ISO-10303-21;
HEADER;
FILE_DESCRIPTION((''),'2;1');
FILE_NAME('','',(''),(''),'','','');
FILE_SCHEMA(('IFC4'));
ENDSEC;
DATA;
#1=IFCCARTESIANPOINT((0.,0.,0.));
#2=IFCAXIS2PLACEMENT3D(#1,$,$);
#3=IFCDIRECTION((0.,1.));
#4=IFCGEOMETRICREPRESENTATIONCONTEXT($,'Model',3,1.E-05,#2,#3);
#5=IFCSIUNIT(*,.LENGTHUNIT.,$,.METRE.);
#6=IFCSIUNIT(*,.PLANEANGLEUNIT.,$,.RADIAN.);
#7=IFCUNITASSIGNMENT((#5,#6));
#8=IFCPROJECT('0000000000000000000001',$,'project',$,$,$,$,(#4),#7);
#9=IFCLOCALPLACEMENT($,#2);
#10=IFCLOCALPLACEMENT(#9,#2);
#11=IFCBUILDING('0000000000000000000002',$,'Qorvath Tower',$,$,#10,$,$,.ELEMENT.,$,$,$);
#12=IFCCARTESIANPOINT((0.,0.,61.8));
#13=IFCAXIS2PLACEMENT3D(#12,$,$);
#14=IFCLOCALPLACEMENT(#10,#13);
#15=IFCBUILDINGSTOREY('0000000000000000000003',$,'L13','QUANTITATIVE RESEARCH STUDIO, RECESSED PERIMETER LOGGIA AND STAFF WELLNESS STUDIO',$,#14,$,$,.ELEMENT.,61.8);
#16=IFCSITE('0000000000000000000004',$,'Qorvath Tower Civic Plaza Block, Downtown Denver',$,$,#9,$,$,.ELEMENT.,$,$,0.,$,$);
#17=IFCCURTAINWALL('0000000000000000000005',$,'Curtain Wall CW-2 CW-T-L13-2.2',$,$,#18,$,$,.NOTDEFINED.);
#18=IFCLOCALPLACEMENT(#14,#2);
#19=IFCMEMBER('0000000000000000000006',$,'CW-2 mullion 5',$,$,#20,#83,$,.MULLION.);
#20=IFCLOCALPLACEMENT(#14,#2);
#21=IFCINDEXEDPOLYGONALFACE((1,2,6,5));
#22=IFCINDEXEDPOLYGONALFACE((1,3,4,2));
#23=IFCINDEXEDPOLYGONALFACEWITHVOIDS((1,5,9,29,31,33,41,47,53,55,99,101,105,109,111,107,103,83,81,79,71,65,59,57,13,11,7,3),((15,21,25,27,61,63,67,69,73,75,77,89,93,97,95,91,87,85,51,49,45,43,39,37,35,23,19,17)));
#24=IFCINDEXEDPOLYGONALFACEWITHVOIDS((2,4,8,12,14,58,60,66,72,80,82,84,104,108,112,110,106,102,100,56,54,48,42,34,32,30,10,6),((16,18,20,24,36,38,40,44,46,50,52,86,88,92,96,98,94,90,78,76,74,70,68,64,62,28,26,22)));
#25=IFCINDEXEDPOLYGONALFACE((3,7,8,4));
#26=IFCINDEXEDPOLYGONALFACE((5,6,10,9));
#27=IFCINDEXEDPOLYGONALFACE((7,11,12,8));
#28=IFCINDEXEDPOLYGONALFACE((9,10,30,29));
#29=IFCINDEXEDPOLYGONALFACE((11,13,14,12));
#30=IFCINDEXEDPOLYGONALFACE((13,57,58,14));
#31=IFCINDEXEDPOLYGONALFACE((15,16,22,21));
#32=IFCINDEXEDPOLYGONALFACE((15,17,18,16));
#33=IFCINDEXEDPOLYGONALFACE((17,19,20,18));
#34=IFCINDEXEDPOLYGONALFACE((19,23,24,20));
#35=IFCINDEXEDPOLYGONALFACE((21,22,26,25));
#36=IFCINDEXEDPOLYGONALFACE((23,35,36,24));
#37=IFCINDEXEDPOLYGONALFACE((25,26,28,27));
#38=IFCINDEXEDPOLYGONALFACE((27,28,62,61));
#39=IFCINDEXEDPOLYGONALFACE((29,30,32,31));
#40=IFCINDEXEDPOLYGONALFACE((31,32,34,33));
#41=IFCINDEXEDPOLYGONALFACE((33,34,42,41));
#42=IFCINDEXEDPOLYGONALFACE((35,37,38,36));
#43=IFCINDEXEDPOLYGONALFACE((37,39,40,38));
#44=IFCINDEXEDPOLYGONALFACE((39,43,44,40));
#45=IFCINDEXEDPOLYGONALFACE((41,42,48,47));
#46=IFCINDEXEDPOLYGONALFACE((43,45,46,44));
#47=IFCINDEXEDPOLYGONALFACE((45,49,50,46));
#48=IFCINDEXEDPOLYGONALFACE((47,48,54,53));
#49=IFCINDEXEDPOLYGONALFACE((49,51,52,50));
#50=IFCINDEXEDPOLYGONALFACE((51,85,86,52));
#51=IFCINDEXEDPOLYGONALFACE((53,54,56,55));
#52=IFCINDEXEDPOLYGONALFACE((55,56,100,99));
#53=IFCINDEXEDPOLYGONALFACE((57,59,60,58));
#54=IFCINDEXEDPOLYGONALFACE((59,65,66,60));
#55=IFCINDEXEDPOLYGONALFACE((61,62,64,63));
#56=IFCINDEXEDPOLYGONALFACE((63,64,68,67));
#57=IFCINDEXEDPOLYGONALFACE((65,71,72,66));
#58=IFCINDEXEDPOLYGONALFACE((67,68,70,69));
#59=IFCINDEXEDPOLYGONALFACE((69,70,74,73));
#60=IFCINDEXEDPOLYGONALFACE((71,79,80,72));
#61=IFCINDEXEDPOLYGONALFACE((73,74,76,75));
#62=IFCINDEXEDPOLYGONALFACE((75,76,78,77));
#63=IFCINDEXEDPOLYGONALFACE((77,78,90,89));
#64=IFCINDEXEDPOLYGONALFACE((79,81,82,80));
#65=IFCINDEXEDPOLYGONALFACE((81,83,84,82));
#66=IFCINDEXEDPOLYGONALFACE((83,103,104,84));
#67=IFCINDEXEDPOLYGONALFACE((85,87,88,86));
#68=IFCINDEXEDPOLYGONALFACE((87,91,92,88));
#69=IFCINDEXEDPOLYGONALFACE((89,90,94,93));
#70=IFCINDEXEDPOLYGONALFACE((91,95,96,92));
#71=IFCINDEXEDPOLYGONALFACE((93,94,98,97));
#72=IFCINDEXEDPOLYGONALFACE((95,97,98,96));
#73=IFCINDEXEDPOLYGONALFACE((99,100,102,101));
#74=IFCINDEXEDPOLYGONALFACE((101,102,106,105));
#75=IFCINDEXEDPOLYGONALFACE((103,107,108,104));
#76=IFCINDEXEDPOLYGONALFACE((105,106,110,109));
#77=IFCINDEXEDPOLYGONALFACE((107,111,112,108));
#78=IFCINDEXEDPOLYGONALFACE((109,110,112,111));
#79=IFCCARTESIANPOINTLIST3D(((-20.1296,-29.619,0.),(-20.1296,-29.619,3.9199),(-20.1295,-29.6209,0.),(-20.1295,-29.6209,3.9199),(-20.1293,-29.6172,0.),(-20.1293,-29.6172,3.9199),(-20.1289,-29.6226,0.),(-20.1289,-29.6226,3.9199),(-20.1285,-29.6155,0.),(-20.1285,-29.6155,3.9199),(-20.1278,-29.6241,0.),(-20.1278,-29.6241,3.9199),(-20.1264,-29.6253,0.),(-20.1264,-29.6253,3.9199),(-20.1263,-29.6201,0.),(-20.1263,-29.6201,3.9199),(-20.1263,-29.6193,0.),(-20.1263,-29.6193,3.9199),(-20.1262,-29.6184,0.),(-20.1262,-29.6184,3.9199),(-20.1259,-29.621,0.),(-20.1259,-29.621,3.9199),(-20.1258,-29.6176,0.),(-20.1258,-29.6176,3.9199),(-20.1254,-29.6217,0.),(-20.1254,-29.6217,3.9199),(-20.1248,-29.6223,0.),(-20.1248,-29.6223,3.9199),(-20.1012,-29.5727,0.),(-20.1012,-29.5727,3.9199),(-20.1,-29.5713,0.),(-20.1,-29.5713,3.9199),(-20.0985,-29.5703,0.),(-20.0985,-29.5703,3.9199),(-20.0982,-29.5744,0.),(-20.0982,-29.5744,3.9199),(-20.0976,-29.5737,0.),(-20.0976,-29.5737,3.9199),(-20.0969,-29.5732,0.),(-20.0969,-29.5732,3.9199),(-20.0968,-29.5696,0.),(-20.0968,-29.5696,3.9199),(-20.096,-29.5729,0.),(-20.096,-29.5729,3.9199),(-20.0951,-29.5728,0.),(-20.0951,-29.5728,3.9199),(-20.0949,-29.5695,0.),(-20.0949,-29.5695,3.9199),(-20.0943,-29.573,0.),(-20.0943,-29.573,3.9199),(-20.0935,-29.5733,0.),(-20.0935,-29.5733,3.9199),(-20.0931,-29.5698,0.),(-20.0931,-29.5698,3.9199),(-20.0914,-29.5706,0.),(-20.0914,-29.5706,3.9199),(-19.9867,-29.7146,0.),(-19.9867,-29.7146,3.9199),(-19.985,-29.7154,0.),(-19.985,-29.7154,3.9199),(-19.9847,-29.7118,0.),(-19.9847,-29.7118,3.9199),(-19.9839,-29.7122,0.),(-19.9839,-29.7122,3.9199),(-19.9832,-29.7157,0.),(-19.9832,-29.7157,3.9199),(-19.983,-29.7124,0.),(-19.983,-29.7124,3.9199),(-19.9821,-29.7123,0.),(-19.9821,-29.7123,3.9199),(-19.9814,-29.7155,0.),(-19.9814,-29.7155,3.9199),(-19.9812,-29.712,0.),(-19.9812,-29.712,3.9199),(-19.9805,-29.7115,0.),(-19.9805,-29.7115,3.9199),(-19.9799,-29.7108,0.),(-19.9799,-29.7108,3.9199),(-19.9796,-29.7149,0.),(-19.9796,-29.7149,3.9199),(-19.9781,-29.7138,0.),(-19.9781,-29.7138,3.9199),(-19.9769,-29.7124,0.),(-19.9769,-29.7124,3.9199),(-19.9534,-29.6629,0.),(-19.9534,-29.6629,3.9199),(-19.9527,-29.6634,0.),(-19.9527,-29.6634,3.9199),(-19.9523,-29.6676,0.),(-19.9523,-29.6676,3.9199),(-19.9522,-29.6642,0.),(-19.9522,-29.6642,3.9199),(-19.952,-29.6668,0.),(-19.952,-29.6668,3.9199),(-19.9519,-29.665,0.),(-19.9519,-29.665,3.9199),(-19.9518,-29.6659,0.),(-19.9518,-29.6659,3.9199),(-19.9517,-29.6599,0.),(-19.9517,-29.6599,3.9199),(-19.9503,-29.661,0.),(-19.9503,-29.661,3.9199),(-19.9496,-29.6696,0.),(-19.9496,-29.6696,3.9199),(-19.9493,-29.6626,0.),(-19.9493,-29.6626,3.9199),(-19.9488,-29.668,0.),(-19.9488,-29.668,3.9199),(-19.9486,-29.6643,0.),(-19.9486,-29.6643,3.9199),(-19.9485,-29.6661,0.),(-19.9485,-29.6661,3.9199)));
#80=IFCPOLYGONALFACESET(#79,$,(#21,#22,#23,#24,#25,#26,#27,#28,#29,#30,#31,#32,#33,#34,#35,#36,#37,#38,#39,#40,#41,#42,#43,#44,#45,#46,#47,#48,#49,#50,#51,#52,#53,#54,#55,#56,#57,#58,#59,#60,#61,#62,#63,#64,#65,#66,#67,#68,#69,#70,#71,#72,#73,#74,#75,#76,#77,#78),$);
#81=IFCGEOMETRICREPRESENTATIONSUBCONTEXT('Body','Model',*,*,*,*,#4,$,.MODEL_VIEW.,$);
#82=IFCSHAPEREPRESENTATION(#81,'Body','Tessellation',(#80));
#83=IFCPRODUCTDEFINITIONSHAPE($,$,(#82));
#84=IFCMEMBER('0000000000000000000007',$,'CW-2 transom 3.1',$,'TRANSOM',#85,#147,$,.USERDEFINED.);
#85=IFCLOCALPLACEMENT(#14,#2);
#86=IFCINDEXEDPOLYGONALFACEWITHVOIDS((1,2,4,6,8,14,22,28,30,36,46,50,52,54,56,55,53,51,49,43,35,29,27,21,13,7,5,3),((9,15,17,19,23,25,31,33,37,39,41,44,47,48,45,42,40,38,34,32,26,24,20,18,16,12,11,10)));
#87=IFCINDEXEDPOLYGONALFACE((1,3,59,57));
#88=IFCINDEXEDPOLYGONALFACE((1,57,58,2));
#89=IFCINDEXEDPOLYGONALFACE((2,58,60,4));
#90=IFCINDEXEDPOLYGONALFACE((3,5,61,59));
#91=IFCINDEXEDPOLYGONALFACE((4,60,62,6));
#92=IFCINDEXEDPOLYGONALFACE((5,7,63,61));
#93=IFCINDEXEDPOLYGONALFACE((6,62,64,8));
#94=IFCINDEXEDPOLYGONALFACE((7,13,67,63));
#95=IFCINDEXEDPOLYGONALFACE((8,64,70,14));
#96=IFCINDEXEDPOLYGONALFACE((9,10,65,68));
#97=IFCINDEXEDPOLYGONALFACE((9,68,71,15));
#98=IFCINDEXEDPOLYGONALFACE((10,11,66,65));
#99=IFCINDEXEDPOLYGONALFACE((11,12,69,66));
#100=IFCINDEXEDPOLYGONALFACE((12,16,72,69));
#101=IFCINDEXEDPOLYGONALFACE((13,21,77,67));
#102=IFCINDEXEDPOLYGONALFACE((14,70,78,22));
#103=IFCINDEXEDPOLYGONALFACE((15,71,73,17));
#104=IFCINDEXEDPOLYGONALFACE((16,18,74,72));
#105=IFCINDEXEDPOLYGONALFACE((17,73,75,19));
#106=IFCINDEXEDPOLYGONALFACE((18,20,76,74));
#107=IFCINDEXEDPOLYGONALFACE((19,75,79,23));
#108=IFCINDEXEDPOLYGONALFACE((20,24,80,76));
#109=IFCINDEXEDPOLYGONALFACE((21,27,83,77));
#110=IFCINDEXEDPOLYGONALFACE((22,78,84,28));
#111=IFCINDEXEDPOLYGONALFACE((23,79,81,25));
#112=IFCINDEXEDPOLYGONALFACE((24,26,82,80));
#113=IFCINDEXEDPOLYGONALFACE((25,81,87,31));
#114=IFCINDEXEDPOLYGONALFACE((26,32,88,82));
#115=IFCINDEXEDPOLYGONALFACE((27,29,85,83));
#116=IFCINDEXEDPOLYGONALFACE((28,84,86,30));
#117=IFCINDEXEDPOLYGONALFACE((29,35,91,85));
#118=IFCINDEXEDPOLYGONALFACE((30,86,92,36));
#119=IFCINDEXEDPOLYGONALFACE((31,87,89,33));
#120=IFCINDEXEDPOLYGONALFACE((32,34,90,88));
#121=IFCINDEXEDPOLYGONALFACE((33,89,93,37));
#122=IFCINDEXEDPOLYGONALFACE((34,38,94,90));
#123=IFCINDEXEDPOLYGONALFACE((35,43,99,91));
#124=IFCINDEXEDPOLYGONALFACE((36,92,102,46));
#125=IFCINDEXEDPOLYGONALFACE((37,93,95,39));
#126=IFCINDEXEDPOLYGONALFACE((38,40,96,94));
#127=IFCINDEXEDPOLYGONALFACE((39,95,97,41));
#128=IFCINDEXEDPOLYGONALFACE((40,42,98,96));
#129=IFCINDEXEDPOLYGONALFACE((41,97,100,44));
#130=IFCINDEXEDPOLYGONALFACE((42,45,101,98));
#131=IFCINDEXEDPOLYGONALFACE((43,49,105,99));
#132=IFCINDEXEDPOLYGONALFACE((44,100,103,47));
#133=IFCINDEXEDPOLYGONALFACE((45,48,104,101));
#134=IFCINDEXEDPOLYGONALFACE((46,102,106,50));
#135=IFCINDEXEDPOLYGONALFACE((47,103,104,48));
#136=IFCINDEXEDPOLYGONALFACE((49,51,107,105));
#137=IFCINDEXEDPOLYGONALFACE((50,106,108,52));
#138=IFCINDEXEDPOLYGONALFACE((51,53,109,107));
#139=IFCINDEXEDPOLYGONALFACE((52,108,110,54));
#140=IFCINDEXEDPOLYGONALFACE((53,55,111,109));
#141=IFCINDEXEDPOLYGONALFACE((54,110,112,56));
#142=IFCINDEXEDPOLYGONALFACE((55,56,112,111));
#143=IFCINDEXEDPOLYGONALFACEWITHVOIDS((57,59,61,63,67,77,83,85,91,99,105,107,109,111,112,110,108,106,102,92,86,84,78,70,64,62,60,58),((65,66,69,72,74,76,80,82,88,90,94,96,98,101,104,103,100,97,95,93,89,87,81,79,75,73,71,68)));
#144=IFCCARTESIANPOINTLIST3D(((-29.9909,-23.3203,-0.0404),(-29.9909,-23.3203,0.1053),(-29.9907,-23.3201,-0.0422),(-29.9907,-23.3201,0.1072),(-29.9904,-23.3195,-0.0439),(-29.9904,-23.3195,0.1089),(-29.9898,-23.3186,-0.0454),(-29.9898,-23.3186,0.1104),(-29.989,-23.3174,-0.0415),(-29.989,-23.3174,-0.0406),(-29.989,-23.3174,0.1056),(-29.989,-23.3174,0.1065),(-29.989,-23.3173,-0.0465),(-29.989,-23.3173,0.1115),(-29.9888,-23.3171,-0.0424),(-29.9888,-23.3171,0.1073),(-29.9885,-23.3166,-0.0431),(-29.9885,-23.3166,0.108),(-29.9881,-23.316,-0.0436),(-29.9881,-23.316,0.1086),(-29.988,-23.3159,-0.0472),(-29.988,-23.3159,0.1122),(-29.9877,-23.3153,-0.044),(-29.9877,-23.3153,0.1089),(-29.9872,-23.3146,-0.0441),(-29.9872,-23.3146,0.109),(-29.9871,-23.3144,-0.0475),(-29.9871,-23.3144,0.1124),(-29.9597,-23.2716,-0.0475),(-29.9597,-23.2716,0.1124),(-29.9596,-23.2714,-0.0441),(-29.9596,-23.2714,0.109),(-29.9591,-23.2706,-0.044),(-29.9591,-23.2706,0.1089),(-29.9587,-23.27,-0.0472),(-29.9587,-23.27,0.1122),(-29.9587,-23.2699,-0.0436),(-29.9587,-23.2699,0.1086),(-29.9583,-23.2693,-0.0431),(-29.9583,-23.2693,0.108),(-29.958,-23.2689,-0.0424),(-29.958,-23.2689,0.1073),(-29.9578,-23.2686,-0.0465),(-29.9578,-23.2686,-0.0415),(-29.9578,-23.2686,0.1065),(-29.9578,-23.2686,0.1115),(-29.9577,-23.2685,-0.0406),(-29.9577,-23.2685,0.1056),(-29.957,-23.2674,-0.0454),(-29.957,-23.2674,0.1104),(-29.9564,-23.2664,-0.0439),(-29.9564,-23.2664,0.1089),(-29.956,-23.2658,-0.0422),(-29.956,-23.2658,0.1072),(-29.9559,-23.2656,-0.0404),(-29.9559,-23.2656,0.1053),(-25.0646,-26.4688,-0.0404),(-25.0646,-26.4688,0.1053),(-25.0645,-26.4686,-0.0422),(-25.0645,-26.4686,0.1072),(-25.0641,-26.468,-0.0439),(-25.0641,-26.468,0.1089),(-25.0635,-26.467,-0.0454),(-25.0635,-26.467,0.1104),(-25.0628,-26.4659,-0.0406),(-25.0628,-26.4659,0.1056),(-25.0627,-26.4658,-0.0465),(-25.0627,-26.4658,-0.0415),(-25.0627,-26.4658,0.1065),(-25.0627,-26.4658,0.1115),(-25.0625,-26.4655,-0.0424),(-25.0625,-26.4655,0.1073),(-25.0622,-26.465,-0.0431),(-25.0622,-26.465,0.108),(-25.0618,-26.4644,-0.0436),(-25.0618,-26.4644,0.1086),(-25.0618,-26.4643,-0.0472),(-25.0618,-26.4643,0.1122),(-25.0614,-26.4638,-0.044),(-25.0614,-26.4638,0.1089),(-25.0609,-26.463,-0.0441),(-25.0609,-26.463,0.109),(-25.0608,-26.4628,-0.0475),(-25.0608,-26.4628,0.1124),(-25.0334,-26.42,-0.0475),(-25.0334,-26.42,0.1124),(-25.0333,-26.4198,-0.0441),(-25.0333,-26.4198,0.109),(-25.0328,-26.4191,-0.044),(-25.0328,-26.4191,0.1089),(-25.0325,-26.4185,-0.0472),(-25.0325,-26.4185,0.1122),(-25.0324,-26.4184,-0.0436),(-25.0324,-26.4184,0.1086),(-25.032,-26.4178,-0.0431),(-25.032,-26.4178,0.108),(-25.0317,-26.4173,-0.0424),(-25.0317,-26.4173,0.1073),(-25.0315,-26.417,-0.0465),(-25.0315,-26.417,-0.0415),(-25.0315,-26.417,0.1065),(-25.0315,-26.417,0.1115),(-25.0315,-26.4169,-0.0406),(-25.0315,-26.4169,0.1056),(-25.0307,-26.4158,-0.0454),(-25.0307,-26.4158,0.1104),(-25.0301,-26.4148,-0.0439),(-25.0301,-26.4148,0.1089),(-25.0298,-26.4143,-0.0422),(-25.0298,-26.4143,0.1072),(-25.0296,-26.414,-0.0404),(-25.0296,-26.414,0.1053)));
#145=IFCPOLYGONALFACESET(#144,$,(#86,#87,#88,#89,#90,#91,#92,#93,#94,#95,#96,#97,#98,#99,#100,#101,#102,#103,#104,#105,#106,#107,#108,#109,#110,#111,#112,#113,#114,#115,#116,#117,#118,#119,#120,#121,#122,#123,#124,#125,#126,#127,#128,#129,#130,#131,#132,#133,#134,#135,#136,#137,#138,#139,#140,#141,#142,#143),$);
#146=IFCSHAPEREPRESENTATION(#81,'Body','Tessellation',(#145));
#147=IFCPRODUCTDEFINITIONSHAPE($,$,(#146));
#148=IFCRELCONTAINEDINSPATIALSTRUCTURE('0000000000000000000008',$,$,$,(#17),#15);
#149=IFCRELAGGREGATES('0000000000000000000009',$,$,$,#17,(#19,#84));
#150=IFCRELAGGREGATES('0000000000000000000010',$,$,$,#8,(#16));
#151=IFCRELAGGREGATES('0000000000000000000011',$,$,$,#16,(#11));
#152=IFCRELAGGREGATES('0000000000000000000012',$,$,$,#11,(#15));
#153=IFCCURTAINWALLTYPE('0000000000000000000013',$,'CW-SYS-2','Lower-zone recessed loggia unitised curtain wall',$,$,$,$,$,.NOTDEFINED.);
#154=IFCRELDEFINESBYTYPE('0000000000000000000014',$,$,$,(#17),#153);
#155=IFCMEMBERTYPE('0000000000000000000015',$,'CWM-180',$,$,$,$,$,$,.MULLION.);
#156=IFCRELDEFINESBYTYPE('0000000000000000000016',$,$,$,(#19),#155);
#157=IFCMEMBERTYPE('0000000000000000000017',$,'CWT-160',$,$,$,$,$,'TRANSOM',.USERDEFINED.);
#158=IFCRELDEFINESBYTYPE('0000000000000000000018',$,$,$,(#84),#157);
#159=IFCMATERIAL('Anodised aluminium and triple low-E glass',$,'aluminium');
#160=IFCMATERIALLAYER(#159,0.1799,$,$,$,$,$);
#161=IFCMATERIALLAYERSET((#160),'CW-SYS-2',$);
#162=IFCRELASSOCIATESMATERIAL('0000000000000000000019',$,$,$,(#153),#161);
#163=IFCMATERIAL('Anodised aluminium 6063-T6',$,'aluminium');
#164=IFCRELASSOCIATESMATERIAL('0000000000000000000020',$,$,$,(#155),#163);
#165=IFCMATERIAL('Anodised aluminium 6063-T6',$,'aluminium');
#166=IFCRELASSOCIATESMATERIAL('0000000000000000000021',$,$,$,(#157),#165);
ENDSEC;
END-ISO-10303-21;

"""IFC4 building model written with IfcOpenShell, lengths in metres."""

from ifc_helpers import new_model, si_unit, direction, frame, origin, origin_2d, place, context, subcontext, project, spatial, hollow_rectangle, extrude, material, layer, layer_set, material_profile, profile_set, type_object, element, aggregate, save


model = new_model("IFC4")

# Units and contexts
model_context = context("Model", 3, precision=1e-05, world=origin(), true_north=direction((0.0, 1.0)))
body_context = subcontext(model_context, "Body", "Model", "MODEL_VIEW")
ifc_project = project(units=[si_unit("LENGTHUNIT", "METRE"), si_unit("PLANEANGLEUNIT", "RADIAN")], contexts=[model_context])

# Site, building, storey
site_placement = place(None, origin())
site = spatial("IfcSite", under=ifc_project, at=site_placement, Name="Qorvath Tower Civic Plaza Block, Downtown Denver", CompositionType="ELEMENT", RefElevation=0.0)
building_placement = place(site_placement, origin())
building = spatial("IfcBuilding", under=site, at=building_placement, Name="Qorvath Tower", CompositionType="ELEMENT")
storey_placement = place(building_placement, frame((0.0, 0.0, 61.8)))
storey = spatial("IfcBuildingStorey", under=building, at=storey_placement, Name="L13", Description="QUANTITATIVE RESEARCH STUDIO, RECESSED PERIMETER LOGGIA AND STAFF WELLNESS STUDIO", CompositionType="ELEMENT", Elevation=61.8)

# Curtain wall, members
ifc_material_1 = material(Name="Anodised aluminium and triple low-E glass", Category="aluminium")
ifc_layer_1 = layer(ifc_material_1, 0.1799)
ifc_layer_set_1 = layer_set([ifc_layer_1], Name="CW-SYS-2")
curtain_wall_type = type_object("IfcCurtainWallType", Name="CW-SYS-2", Description="Lower-zone recessed loggia unitised curtain wall", PredefinedType="NOTDEFINED", material=ifc_layer_set_1)
curtain_wall_placement = place(storey_placement, origin())
curtain_wall = element("IfcCurtainWall", 1, at=curtain_wall_placement, inside=storey, type_object=curtain_wall_type, Name="Curtain Wall CW-2 CW-T-L13-2.2", PredefinedType="NOTDEFINED")
ifc_material_2 = material(Name="Anodised aluminium 6063-T6", Category="aluminium")
ifc_material_profile_1 = material_profile(ifc_material_2, hollow_rectangle(XDim=0.0649, YDim=0.1799, WallThickness=0.0034, InnerFilletRadius=0.0034, OuterFilletRadius=0.0071, at=origin_2d()), Name="CWM 180x65")
ifc_profile_set_1 = profile_set([ifc_material_profile_1], Name="Anodised aluminium 6063-T6")
member_type_1 = type_object("IfcMemberType", Name="CWM-180", PredefinedType="MULLION", material=ifc_profile_set_1)
member_1_placement = place(storey_placement, frame((-20.0391, -29.6426, 0.0), z_axis=(0.0, 0.0, 1.0), x_axis=(0.538536, 0.842602, 0.0)))
member_1 = element("IfcMember", 2, at=member_1_placement, type_object=member_type_1, Name="CW-2 mullion 5", PredefinedType="MULLION", context=body_context, shape_type="SweptSolid", body=[
    extrude(hollow_rectangle(XDim=0.0649, YDim=0.1799, WallThickness=0.0034, InnerFilletRadius=0.0034, OuterFilletRadius=0.0071, at=origin_2d()), origin(), (0.0, 0.0, 1.0), 3.9199),
])
ifc_material_3 = material(Name="Anodised aluminium 6063-T6", Category="aluminium")
ifc_material_profile_2 = material_profile(ifc_material_3, hollow_rectangle(XDim=0.0649, YDim=0.1599, WallThickness=0.0034, InnerFilletRadius=0.0034, OuterFilletRadius=0.0071, at=origin_2d()), Name="CWT 160x65")
ifc_profile_set_2 = profile_set([ifc_material_profile_2], Name="Anodised aluminium 6063-T6")
member_type_2 = type_object("IfcMemberType", Name="CWT-160", ElementType="TRANSOM", PredefinedType="USERDEFINED", material=ifc_profile_set_2)
member_2_placement = place(storey_placement, frame((-29.9734, -23.293, 0.0325), z_axis=(0.842611, -0.538523, 0.0), x_axis=(0.538523, 0.842611, 0.0)))
member_2 = element("IfcMember", 3, at=member_2_placement, type_object=member_type_2, Name="CW-2 transom 3.1", ObjectType="TRANSOM", PredefinedType="USERDEFINED", context=body_context, shape_type="SweptSolid", body=[
    extrude(hollow_rectangle(XDim=0.0649, YDim=0.1599, WallThickness=0.0034, InnerFilletRadius=0.0034, OuterFilletRadius=0.0071, at=origin_2d()), origin(), (0.0, 0.0, 1.0), 5.8464),
])
aggregate(curtain_wall, [member_1, member_2])

save(model, "model.ifc")
